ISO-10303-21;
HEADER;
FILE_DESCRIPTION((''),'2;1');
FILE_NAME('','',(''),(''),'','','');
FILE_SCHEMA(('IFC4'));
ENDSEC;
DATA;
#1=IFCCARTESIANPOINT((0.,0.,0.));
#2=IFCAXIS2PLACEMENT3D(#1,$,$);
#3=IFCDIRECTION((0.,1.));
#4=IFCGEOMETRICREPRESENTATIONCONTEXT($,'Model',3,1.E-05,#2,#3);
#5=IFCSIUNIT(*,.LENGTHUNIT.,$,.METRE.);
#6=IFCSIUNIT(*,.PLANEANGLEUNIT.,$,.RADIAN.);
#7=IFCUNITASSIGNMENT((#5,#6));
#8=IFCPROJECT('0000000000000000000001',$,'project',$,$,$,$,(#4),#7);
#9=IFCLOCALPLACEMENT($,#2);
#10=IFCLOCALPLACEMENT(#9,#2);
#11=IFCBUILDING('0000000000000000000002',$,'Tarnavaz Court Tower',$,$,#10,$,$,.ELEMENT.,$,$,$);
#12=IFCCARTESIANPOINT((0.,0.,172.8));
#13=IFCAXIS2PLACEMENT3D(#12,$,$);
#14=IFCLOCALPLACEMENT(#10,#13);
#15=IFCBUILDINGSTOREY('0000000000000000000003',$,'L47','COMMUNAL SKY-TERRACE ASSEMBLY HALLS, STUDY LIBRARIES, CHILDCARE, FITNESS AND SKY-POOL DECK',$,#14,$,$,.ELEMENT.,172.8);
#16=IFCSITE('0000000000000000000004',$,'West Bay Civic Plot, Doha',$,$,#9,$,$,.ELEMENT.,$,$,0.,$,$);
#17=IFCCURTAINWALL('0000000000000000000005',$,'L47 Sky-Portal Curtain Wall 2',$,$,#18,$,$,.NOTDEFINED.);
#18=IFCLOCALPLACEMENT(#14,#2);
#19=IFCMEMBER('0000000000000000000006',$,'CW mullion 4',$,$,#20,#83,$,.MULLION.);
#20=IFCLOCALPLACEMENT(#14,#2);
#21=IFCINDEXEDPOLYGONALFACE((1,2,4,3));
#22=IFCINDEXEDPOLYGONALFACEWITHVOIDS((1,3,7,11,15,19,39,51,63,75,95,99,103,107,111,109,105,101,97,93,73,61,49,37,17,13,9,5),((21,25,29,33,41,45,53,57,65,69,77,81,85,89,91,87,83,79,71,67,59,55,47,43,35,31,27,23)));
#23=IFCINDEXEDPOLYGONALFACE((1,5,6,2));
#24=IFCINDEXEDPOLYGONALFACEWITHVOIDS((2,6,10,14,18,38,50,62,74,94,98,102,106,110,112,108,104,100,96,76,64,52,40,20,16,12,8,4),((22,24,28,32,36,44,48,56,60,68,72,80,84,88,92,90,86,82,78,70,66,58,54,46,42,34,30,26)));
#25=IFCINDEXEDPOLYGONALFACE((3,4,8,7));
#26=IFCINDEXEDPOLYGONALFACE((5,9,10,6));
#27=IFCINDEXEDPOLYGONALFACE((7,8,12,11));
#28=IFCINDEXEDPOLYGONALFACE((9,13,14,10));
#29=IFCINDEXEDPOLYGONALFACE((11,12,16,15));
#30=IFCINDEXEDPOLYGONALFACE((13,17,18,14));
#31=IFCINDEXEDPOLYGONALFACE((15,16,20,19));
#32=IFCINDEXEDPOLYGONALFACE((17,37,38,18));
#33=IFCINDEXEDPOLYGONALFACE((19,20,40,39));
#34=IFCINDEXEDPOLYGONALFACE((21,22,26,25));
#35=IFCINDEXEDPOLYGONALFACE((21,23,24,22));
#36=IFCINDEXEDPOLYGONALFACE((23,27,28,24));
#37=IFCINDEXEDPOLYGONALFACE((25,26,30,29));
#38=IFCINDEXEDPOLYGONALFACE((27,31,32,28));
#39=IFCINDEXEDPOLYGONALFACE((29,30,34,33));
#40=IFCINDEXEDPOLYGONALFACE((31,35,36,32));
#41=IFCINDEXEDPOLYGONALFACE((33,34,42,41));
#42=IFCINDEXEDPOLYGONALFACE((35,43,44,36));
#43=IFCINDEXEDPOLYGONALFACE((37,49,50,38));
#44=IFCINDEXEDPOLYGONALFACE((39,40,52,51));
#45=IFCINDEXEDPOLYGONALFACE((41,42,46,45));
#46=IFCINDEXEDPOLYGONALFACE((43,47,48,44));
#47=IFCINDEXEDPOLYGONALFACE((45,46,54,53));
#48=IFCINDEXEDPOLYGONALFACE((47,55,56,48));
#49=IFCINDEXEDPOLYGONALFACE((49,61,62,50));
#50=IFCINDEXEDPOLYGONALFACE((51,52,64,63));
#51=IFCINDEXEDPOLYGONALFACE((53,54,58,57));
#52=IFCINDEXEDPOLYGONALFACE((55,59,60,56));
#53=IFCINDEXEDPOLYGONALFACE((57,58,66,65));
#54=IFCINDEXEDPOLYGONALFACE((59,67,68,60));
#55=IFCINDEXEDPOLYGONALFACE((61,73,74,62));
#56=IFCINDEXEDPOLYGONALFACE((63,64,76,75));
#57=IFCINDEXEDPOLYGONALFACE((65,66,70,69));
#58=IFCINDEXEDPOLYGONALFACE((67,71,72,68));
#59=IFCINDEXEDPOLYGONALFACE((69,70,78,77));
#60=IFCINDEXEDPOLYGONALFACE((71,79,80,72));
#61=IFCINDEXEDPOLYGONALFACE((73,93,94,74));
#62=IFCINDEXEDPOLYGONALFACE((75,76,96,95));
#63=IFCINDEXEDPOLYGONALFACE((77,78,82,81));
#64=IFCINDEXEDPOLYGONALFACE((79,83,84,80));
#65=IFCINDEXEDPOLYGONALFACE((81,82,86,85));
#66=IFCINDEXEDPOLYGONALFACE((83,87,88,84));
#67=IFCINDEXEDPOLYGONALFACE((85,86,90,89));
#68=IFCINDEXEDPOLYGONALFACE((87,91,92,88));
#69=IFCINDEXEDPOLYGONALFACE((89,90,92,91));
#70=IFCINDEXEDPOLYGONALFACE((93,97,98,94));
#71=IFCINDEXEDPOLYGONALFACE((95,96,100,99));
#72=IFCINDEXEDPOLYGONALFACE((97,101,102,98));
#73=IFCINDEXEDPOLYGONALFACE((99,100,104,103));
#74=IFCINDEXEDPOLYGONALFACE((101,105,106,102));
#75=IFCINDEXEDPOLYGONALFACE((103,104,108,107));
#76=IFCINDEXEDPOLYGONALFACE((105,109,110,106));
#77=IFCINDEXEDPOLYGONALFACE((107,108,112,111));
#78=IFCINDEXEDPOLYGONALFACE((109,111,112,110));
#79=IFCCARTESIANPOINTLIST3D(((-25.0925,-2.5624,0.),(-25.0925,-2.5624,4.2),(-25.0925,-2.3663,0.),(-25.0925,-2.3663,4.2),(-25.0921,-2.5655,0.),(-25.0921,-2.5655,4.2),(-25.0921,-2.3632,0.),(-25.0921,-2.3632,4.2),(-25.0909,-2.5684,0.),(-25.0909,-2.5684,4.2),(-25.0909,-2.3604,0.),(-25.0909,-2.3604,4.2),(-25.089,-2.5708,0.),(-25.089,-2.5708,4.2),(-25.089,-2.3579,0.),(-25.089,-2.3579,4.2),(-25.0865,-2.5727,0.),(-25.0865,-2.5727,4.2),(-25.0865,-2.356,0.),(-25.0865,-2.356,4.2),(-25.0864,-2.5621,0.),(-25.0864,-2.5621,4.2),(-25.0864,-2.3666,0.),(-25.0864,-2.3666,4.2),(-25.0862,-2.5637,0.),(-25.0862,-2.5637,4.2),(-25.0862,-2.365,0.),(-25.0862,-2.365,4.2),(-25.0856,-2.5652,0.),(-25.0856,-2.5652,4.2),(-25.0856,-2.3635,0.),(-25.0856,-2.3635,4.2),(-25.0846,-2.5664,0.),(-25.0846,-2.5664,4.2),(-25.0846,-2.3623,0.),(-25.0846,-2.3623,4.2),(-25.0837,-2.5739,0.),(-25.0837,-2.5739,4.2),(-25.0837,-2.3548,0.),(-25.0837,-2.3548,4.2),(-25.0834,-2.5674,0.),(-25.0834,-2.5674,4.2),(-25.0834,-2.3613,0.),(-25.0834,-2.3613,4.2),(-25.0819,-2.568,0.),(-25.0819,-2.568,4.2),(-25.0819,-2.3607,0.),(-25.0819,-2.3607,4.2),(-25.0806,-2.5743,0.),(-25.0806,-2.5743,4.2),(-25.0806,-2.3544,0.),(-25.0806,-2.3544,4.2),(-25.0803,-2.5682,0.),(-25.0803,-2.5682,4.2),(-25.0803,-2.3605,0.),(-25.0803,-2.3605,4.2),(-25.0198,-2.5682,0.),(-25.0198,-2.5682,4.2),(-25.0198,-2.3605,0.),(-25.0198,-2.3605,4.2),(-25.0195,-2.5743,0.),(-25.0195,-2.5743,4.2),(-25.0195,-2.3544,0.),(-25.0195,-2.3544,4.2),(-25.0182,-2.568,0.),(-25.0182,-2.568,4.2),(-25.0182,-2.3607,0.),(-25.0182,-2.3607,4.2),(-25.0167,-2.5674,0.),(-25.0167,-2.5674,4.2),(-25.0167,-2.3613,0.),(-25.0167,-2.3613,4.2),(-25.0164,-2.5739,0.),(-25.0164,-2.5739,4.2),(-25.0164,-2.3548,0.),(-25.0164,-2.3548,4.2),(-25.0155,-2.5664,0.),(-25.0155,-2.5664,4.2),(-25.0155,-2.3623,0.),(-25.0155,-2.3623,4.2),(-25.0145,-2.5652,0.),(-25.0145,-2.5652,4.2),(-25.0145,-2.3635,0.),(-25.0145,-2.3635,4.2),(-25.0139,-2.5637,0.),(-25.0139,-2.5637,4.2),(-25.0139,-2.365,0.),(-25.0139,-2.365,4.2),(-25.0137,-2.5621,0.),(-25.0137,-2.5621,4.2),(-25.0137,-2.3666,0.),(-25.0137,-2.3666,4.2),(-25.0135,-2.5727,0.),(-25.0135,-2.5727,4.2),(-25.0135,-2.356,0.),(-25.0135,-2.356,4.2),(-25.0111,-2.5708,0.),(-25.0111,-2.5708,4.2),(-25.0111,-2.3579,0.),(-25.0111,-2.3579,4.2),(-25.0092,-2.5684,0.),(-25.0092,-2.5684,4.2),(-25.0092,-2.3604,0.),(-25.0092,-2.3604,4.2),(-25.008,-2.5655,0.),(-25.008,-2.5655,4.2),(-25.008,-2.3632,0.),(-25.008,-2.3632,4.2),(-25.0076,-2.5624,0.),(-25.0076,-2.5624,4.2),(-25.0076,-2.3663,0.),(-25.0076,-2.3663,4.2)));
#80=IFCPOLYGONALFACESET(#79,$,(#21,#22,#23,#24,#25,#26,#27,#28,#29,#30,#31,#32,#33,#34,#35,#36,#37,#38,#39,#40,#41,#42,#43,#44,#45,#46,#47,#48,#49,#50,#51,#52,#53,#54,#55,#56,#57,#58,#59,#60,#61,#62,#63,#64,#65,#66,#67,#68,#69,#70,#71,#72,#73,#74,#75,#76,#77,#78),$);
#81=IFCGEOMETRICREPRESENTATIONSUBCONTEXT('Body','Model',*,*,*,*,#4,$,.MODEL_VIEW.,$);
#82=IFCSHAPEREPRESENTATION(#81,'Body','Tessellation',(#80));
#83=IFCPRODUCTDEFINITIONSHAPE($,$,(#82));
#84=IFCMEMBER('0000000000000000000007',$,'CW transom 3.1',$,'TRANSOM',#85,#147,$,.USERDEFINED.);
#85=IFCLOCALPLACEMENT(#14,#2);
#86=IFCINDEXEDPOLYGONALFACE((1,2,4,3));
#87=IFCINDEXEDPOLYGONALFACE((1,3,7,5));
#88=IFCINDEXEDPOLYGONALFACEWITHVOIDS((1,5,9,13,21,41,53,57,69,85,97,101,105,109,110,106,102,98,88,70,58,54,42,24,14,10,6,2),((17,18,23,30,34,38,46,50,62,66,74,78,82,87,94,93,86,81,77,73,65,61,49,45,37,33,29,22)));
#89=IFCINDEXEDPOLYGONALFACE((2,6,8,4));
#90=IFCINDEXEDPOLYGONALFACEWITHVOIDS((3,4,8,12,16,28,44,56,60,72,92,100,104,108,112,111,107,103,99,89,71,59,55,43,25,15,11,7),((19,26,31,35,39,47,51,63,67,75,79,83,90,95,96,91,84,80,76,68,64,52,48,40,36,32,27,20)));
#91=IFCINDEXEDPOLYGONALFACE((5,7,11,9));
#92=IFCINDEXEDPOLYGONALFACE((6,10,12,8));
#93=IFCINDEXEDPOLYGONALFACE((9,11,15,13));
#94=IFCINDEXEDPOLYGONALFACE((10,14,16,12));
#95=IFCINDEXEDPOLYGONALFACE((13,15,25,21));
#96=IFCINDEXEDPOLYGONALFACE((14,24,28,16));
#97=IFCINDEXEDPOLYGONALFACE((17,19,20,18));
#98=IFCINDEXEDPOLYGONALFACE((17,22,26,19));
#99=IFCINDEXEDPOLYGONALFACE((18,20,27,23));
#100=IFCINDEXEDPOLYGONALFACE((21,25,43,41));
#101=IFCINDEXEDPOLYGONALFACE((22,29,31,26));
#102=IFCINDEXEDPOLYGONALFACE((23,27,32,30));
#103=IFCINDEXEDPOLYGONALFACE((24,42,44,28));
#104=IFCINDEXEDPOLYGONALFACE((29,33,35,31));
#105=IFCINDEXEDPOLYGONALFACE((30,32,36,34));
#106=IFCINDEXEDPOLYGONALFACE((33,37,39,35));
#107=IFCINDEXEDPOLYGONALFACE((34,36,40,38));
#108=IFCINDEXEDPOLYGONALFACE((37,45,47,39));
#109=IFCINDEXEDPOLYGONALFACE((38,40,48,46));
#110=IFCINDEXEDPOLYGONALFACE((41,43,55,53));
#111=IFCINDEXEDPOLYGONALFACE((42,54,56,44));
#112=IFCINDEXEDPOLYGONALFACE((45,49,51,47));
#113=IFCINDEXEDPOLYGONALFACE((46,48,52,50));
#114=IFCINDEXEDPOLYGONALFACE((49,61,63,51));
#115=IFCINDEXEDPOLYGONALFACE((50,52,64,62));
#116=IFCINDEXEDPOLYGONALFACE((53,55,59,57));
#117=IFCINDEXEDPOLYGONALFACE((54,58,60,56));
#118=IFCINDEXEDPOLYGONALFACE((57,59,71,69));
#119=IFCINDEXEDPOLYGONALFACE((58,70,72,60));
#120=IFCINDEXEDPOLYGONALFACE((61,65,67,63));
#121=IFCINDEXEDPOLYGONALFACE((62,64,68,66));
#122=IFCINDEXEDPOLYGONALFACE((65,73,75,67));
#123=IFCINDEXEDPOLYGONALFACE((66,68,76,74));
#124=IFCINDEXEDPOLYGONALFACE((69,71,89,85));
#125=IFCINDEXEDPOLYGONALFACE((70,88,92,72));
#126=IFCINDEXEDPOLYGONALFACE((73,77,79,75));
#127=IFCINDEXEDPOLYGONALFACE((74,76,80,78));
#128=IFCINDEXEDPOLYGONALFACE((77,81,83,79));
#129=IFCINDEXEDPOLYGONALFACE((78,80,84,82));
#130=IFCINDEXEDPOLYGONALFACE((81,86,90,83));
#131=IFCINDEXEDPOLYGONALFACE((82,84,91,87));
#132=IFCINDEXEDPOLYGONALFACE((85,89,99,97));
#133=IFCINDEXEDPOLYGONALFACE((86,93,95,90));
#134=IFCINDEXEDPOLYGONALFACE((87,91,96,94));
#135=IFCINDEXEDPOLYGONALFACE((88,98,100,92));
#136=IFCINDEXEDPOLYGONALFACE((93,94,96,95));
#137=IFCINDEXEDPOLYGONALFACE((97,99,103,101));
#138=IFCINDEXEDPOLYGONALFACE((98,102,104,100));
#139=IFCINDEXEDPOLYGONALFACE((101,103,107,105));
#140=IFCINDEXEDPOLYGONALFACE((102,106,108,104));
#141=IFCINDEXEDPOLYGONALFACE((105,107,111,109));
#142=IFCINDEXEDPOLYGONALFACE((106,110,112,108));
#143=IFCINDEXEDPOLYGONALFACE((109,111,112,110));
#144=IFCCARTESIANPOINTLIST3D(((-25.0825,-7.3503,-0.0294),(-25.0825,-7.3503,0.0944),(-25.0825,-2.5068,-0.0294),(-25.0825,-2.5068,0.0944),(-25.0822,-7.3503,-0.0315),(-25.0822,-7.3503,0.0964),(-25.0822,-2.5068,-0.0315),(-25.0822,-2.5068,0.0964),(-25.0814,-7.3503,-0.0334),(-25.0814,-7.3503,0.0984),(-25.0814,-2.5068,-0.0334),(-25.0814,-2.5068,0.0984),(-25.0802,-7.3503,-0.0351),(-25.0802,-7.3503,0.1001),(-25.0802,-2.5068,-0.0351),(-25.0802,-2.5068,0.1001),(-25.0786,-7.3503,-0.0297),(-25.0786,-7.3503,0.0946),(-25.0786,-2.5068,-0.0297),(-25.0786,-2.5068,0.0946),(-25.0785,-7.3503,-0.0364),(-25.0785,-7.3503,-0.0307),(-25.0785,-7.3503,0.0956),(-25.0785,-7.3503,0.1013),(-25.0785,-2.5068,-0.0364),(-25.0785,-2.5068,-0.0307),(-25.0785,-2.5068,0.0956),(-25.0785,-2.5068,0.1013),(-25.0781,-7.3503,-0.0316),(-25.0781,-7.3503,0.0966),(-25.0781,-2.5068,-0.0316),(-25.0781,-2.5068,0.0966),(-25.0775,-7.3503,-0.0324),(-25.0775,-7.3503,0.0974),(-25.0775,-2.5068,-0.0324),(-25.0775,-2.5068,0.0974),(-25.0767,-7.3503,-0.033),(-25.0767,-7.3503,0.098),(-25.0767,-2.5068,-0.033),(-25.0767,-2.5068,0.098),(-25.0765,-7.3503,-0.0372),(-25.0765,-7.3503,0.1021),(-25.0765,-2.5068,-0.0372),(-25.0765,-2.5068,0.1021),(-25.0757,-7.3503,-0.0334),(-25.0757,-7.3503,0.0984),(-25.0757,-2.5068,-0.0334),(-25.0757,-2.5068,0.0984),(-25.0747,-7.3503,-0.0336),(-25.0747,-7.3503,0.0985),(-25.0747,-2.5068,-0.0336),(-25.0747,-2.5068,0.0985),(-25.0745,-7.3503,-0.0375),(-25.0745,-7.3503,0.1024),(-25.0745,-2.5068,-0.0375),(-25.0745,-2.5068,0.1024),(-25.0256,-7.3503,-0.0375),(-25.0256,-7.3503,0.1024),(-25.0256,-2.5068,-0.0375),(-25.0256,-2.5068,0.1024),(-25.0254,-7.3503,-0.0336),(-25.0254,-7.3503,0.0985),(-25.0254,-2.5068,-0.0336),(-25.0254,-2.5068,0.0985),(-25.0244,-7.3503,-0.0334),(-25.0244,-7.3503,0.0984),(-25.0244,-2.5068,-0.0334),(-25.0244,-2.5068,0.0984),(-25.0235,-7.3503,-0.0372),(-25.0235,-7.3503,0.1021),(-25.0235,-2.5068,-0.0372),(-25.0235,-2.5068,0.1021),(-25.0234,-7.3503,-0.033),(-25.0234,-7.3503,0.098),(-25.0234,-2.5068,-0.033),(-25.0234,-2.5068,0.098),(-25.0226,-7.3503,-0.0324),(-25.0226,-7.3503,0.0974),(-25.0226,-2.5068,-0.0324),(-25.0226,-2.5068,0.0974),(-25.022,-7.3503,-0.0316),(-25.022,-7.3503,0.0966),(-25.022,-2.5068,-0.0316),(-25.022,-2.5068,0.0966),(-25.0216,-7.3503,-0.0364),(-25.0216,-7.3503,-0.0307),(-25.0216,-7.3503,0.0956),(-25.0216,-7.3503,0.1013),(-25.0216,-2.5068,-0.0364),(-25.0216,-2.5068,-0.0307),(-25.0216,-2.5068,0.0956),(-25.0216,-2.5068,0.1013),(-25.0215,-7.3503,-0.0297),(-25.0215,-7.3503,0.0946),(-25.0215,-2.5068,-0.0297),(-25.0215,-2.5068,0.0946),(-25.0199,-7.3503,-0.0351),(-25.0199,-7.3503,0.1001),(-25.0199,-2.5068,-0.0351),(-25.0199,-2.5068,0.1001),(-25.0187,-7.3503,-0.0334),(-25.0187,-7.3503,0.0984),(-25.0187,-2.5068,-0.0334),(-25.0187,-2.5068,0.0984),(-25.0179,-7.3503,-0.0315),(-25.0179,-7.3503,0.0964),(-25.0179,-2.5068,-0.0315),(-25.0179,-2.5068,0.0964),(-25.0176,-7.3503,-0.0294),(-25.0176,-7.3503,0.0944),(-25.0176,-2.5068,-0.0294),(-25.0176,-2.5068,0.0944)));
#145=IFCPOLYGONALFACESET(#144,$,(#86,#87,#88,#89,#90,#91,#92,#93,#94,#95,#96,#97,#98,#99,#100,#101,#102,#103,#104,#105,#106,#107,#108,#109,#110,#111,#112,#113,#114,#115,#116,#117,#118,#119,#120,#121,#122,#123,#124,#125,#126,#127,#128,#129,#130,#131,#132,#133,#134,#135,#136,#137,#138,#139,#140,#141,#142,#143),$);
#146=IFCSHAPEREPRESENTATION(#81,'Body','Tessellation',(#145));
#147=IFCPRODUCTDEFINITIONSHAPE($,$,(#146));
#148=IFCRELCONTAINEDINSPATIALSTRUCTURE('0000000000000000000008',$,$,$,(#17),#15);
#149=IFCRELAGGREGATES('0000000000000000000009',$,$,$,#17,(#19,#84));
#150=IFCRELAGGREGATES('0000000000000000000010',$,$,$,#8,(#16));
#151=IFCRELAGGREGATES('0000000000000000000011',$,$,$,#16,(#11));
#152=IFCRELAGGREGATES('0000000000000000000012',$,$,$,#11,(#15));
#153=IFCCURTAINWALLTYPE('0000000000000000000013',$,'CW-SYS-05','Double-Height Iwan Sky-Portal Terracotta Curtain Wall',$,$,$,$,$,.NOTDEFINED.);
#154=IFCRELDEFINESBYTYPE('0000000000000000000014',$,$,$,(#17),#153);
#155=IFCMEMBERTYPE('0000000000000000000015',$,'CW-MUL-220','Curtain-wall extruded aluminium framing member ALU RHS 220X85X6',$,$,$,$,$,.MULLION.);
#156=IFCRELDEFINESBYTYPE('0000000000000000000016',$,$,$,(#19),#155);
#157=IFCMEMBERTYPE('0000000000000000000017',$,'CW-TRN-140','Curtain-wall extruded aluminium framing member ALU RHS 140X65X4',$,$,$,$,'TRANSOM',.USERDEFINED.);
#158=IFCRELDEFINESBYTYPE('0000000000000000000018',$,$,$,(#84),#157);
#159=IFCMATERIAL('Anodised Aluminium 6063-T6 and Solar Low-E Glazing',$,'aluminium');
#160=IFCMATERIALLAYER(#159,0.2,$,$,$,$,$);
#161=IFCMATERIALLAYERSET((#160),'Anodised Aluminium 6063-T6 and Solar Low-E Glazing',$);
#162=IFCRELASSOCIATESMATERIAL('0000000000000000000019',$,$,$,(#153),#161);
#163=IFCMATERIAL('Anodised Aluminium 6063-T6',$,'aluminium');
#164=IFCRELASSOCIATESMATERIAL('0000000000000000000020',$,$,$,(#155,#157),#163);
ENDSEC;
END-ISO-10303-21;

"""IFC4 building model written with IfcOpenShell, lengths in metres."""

from ifc_helpers import new_model, si_unit, direction, frame, origin, origin_2d, place, context, subcontext, project, spatial, hollow_rectangle, extrude, material, layer, layer_set, material_profile, profile_set, type_object, element, aggregate, save


model = new_model("IFC4")

# Units and contexts
model_context = context("Model", 3, precision=1e-05, world=origin(), true_north=direction((0.0, 1.0)))
body_context = subcontext(model_context, "Body", "Model", "MODEL_VIEW")
ifc_project = project(units=[si_unit("LENGTHUNIT", "METRE"), si_unit("PLANEANGLEUNIT", "RADIAN")], contexts=[model_context])

# Site, building, storey
site_placement = place(None, origin())
site = spatial("IfcSite", under=ifc_project, at=site_placement, Name="West Bay Civic Plot, Doha", CompositionType="ELEMENT", RefElevation=0.0)
building_placement = place(site_placement, origin())
building = spatial("IfcBuilding", under=site, at=building_placement, Name="Tarnavaz Court Tower", CompositionType="ELEMENT")
storey_placement = place(building_placement, frame((0.0, 0.0, 172.8)))
storey = spatial("IfcBuildingStorey", under=building, at=storey_placement, Name="L47", Description="COMMUNAL SKY-TERRACE ASSEMBLY HALLS, STUDY LIBRARIES, CHILDCARE, FITNESS AND SKY-POOL DECK", CompositionType="ELEMENT", Elevation=172.8)

# Curtain wall, members
ifc_material_1 = material(Name="Anodised Aluminium 6063-T6 and Solar Low-E Glazing", Category="aluminium")
ifc_layer_1 = layer(ifc_material_1, 0.2)
ifc_layer_set_1 = layer_set([ifc_layer_1], Name="Anodised Aluminium 6063-T6 and Solar Low-E Glazing")
curtain_wall_type = type_object("IfcCurtainWallType", Name="CW-SYS-05", Description="Double-Height Iwan Sky-Portal Terracotta Curtain Wall", PredefinedType="NOTDEFINED", material=ifc_layer_set_1)
curtain_wall_placement = place(storey_placement, origin())
curtain_wall = element("IfcCurtainWall", 1, at=curtain_wall_placement, inside=storey, type_object=curtain_wall_type, Name="L47 Sky-Portal Curtain Wall 2", PredefinedType="NOTDEFINED")
ifc_material_2 = material(Name="Anodised Aluminium 6063-T6", Category="aluminium")
ifc_material_profile_1 = material_profile(ifc_material_2, hollow_rectangle(XDim=0.085, YDim=0.22, WallThickness=0.0061, InnerFilletRadius=0.0061, OuterFilletRadius=0.012, at=origin_2d()), Name="ALU RHS 220X85X6")
ifc_profile_set_1 = profile_set([ifc_material_profile_1], Name="Anodised Aluminium 6063-T6")
member_type_1 = type_object("IfcMemberType", Name="CW-MUL-220", Description="Curtain-wall extruded aluminium framing member ALU RHS 220X85X6", PredefinedType="MULLION", material=ifc_profile_set_1)
member_1_placement = place(storey_placement, frame((-25.05, -2.4644, 0.0), z_axis=(0.0, 0.0, 1.0), x_axis=(-1.0, 0.0, 0.0)))
member_1 = element("IfcMember", 2, at=member_1_placement, type_object=member_type_1, Name="CW mullion 4", PredefinedType="MULLION", context=body_context, shape_type="SweptSolid", body=[
    extrude(hollow_rectangle(XDim=0.085, YDim=0.22, WallThickness=0.0061, InnerFilletRadius=0.0061, OuterFilletRadius=0.012, at=origin_2d()), origin(), (0.0, 0.0, 1.0), 4.2),
])
ifc_material_profile_2 = material_profile(ifc_material_2, hollow_rectangle(XDim=0.0649, YDim=0.1399, WallThickness=0.0039, InnerFilletRadius=0.0039, OuterFilletRadius=0.0081, at=origin_2d()), Name="ALU RHS 140X65X4")
ifc_profile_set_2 = profile_set([ifc_material_profile_2], Name="Anodised Aluminium 6063-T6")
member_type_2 = type_object("IfcMemberType", Name="CW-TRN-140", Description="Curtain-wall extruded aluminium framing member ALU RHS 140X65X4", ElementType="TRANSOM", PredefinedType="USERDEFINED", material=ifc_profile_set_2)
member_2_placement = place(storey_placement, frame((-25.05, -7.3503, 0.0325), z_axis=(0.0, 1.0, 0.0), x_axis=(-1.0, 0.0, 0.0)))
member_2 = element("IfcMember", 3, at=member_2_placement, type_object=member_type_2, Name="CW transom 3.1", ObjectType="TRANSOM", PredefinedType="USERDEFINED", context=body_context, shape_type="SweptSolid", body=[
    extrude(hollow_rectangle(XDim=0.0649, YDim=0.1399, WallThickness=0.0039, InnerFilletRadius=0.0039, OuterFilletRadius=0.0081, at=origin_2d()), origin(), (0.0, 0.0, 1.0), 4.8435),
])
aggregate(curtain_wall, [member_1, member_2])

save(model, "model.ifc")
